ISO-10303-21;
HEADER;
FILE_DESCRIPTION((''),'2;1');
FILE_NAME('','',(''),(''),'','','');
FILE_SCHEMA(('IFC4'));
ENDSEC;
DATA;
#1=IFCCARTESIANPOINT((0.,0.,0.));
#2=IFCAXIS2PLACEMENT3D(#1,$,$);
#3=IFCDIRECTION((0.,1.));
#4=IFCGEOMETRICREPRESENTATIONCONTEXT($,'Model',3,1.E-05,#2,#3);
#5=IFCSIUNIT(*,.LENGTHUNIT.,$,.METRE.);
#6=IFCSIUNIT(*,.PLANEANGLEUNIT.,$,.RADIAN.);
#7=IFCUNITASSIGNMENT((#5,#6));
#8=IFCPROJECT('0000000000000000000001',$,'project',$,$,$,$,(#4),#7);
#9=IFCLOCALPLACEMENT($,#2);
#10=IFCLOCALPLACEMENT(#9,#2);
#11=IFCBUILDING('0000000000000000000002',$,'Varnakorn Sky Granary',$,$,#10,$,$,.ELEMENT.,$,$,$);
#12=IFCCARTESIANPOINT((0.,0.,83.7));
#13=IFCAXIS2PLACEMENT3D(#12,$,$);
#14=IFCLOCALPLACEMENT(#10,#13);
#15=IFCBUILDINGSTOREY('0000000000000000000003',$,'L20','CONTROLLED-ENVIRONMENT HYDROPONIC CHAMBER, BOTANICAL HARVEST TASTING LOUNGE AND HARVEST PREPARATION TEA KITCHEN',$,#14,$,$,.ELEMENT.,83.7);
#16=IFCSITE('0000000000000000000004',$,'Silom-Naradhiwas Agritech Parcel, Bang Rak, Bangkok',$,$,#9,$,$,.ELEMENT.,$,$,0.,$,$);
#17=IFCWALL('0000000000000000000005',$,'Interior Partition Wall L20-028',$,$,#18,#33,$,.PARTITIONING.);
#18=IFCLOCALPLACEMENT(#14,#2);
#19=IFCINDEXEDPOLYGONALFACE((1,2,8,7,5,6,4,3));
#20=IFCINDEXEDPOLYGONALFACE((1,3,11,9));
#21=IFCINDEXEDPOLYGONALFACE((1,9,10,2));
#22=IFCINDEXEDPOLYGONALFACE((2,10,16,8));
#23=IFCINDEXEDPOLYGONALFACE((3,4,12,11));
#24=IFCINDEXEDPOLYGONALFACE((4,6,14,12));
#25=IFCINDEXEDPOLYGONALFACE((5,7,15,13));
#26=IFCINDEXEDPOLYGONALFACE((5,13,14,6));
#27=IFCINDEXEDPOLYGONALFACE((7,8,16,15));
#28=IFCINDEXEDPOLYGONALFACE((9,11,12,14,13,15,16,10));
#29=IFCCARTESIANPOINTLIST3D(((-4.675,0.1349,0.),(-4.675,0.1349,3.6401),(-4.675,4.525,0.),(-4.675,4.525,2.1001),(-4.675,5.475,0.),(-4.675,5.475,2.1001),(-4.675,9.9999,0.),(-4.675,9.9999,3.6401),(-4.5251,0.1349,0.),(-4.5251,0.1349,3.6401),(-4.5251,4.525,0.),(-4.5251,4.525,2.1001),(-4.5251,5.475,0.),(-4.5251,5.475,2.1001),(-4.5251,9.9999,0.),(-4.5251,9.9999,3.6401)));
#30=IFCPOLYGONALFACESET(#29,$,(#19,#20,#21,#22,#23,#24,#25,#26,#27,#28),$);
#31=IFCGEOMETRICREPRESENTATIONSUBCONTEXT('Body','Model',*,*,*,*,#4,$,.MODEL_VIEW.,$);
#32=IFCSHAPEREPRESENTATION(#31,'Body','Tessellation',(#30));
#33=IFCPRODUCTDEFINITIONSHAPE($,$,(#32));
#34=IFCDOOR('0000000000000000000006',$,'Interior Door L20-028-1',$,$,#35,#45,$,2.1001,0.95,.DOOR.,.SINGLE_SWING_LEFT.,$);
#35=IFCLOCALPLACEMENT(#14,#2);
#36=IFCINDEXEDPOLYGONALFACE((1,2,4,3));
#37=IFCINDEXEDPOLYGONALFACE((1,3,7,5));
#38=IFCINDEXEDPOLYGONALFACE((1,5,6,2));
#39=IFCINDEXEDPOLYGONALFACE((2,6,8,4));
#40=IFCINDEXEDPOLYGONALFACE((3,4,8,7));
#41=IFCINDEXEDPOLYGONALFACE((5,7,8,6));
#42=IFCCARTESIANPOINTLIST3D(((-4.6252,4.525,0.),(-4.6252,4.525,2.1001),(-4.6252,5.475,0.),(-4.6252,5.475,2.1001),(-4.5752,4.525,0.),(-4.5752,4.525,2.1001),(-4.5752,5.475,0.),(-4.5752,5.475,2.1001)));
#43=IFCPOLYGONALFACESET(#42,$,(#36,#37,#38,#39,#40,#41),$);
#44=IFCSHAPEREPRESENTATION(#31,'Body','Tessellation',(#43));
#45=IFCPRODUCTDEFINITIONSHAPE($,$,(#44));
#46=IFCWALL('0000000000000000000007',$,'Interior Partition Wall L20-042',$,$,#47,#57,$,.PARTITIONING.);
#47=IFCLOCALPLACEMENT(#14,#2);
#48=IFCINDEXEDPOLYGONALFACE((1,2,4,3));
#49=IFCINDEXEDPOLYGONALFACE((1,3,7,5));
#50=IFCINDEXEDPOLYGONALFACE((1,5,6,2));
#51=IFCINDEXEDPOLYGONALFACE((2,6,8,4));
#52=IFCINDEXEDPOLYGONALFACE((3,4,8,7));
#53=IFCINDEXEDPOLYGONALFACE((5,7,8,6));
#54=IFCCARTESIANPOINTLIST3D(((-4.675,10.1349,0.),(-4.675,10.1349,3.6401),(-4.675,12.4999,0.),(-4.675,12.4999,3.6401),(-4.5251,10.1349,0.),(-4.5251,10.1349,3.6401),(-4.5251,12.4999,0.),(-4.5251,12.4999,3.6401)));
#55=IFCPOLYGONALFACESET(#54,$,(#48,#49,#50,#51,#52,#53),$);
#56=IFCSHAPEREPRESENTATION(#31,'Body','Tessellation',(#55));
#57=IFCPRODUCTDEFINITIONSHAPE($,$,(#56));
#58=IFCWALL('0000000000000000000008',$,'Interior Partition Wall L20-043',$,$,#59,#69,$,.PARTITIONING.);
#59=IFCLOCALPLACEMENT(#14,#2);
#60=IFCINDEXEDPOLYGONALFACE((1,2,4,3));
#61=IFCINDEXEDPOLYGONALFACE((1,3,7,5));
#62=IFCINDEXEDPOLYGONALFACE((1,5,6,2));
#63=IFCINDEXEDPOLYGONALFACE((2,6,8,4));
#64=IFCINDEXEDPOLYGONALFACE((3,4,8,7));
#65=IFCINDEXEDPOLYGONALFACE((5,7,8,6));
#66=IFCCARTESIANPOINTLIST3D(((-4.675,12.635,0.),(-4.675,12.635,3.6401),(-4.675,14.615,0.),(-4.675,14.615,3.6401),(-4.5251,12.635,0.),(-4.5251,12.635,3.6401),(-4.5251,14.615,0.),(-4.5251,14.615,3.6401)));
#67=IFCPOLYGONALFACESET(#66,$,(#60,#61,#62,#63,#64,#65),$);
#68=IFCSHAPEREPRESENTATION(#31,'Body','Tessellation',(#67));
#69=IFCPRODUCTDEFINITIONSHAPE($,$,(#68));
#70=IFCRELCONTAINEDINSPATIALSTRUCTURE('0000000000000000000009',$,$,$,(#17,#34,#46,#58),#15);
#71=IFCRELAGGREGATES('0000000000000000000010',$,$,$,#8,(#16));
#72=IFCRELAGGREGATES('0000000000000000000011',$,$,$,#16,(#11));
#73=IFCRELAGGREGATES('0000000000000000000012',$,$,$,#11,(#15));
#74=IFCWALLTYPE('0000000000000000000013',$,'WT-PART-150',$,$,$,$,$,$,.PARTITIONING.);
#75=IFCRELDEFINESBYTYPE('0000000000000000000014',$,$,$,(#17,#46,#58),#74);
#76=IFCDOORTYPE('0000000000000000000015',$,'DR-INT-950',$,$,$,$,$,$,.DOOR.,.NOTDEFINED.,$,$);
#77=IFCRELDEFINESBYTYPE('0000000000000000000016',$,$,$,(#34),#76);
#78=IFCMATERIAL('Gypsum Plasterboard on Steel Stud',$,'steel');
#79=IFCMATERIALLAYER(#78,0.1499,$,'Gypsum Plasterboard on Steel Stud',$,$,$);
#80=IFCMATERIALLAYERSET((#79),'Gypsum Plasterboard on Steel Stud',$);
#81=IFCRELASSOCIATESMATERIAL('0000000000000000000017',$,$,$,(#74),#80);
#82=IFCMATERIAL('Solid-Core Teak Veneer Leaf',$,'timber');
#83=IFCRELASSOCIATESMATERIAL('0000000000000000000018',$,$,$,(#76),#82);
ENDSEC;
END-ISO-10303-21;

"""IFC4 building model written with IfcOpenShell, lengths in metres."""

from ifc_helpers import new_model, si_unit, direction, frame, frame_2d, origin, place, context, subcontext, project, spatial, rectangle, extrude, material, layer, layer_set, type_object, element, fill, save


model = new_model("IFC4")

# Units and contexts
model_context = context("Model", 3, precision=1e-05, world=origin(), true_north=direction((0.0, 1.0)))
body_context = subcontext(model_context, "Body", "Model", "MODEL_VIEW")
ifc_project = project(units=[si_unit("LENGTHUNIT", "METRE"), si_unit("PLANEANGLEUNIT", "RADIAN")], contexts=[model_context])

# Site, building, storey
site_placement = place(None, origin())
site = spatial("IfcSite", under=ifc_project, at=site_placement, Name="Silom-Naradhiwas Agritech Parcel, Bang Rak, Bangkok", CompositionType="ELEMENT", RefElevation=0.0)
building_placement = place(site_placement, origin())
building = spatial("IfcBuilding", under=site, at=building_placement, Name="Varnakorn Sky Granary", CompositionType="ELEMENT")
storey_placement = place(building_placement, frame((0.0, 0.0, 83.7)))
storey = spatial("IfcBuildingStorey", under=building, at=storey_placement, Name="L20", Description="CONTROLLED-ENVIRONMENT HYDROPONIC CHAMBER, BOTANICAL HARVEST TASTING LOUNGE AND HARVEST PREPARATION TEA KITCHEN", CompositionType="ELEMENT", Elevation=83.7)

# Wall, opening, door
ifc_material_1 = material(Name="Gypsum Plasterboard on Steel Stud", Category="steel")
ifc_layer_1 = layer(ifc_material_1, 0.1499, Name="Gypsum Plasterboard on Steel Stud")
ifc_layer_set_1 = layer_set([ifc_layer_1], Name="Gypsum Plasterboard on Steel Stud")
wall_type_1 = type_object("IfcWallType", Name="WT-PART-150", PredefinedType="PARTITIONING", material=ifc_layer_set_1)
wall_1_placement = place(storey_placement, frame((-4.6001, 10.0, 0.0), z_axis=(0.0, 0.0, 1.0), x_axis=(0.0, -1.0, 0.0)))
wall_1 = element("IfcWall", 1, at=wall_1_placement, inside=storey, type_object=wall_type_1, Name="Interior Partition Wall L20-028", PredefinedType="PARTITIONING", context=body_context, shape_type="SweptSolid", body=[
    extrude(rectangle(XDim=9.865, YDim=0.1499, at=frame_2d((4.9326, 0.0))), origin(), (0.0, 0.0, 1.0), 3.6401),
])
opening_1_placement = place(wall_1_placement, frame((4.5249, 0.0, 0.0)))
opening_1 = element("IfcOpeningElement", 2, at=opening_1_placement, cuts=wall_1, PredefinedType="OPENING", context=body_context, shape_type="SweptSolid", body=[
    extrude(rectangle(XDim=0.95, YDim=2.1001, at=frame_2d((0.4751, 1.05))), frame((0.0, 0.085, 0.0), z_axis=(0.0, -1.0, 0.0), x_axis=(1.0, 0.0, 0.0)), (0.0, 0.0, 1.0), 0.1699),
])
ifc_material_2 = material(Name="Solid-Core Teak Veneer Leaf", Category="timber")
door_type_1 = type_object("IfcDoorType", Name="DR-INT-950", OperationType="NOTDEFINED", PredefinedType="DOOR", material=ifc_material_2)
door_1_placement = place(opening_1_placement, origin())
door_1 = element("IfcDoor", 3, at=door_1_placement, inside=storey, type_object=door_type_1, Name="Interior Door L20-028-1", OperationType="SINGLE_SWING_LEFT", OverallHeight=2.1001, OverallWidth=0.95, PredefinedType="DOOR", context=body_context, shape_type="SweptSolid", body=[
    extrude(rectangle(XDim=0.95, YDim=2.1001, at=frame_2d((0.4751, 1.05))), frame((0.0, 0.0249, 0.0), z_axis=(0.0, -1.0, 0.0), x_axis=(1.0, 0.0, 0.0)), (0.0, 0.0, 1.0), 0.05),
])
fill(opening_1, door_1)

# Walls
wall_2_placement = place(storey_placement, frame((-4.6001, 12.5, 0.0), z_axis=(0.0, 0.0, 1.0), x_axis=(0.0, -1.0, 0.0)))
element("IfcWall", 4, at=wall_2_placement, inside=storey, type_object=wall_type_1, Name="Interior Partition Wall L20-042", PredefinedType="PARTITIONING", context=body_context, shape_type="SweptSolid", body=[
    extrude(rectangle(XDim=2.365, YDim=0.1499, at=frame_2d((1.1826, 0.0))), origin(), (0.0, 0.0, 1.0), 3.6401),
])
wall_3_placement = place(storey_placement, frame((-4.6001, 14.615, 0.0), z_axis=(0.0, 0.0, 1.0), x_axis=(0.0, -1.0, 0.0)))
element("IfcWall", 5, at=wall_3_placement, inside=storey, type_object=wall_type_1, Name="Interior Partition Wall L20-043", PredefinedType="PARTITIONING", context=body_context, shape_type="SweptSolid", body=[
    extrude(rectangle(XDim=1.98, YDim=0.1499, at=frame_2d((0.99, 0.0))), origin(), (0.0, 0.0, 1.0), 3.6401),
])

save(model, "model.ifc")
